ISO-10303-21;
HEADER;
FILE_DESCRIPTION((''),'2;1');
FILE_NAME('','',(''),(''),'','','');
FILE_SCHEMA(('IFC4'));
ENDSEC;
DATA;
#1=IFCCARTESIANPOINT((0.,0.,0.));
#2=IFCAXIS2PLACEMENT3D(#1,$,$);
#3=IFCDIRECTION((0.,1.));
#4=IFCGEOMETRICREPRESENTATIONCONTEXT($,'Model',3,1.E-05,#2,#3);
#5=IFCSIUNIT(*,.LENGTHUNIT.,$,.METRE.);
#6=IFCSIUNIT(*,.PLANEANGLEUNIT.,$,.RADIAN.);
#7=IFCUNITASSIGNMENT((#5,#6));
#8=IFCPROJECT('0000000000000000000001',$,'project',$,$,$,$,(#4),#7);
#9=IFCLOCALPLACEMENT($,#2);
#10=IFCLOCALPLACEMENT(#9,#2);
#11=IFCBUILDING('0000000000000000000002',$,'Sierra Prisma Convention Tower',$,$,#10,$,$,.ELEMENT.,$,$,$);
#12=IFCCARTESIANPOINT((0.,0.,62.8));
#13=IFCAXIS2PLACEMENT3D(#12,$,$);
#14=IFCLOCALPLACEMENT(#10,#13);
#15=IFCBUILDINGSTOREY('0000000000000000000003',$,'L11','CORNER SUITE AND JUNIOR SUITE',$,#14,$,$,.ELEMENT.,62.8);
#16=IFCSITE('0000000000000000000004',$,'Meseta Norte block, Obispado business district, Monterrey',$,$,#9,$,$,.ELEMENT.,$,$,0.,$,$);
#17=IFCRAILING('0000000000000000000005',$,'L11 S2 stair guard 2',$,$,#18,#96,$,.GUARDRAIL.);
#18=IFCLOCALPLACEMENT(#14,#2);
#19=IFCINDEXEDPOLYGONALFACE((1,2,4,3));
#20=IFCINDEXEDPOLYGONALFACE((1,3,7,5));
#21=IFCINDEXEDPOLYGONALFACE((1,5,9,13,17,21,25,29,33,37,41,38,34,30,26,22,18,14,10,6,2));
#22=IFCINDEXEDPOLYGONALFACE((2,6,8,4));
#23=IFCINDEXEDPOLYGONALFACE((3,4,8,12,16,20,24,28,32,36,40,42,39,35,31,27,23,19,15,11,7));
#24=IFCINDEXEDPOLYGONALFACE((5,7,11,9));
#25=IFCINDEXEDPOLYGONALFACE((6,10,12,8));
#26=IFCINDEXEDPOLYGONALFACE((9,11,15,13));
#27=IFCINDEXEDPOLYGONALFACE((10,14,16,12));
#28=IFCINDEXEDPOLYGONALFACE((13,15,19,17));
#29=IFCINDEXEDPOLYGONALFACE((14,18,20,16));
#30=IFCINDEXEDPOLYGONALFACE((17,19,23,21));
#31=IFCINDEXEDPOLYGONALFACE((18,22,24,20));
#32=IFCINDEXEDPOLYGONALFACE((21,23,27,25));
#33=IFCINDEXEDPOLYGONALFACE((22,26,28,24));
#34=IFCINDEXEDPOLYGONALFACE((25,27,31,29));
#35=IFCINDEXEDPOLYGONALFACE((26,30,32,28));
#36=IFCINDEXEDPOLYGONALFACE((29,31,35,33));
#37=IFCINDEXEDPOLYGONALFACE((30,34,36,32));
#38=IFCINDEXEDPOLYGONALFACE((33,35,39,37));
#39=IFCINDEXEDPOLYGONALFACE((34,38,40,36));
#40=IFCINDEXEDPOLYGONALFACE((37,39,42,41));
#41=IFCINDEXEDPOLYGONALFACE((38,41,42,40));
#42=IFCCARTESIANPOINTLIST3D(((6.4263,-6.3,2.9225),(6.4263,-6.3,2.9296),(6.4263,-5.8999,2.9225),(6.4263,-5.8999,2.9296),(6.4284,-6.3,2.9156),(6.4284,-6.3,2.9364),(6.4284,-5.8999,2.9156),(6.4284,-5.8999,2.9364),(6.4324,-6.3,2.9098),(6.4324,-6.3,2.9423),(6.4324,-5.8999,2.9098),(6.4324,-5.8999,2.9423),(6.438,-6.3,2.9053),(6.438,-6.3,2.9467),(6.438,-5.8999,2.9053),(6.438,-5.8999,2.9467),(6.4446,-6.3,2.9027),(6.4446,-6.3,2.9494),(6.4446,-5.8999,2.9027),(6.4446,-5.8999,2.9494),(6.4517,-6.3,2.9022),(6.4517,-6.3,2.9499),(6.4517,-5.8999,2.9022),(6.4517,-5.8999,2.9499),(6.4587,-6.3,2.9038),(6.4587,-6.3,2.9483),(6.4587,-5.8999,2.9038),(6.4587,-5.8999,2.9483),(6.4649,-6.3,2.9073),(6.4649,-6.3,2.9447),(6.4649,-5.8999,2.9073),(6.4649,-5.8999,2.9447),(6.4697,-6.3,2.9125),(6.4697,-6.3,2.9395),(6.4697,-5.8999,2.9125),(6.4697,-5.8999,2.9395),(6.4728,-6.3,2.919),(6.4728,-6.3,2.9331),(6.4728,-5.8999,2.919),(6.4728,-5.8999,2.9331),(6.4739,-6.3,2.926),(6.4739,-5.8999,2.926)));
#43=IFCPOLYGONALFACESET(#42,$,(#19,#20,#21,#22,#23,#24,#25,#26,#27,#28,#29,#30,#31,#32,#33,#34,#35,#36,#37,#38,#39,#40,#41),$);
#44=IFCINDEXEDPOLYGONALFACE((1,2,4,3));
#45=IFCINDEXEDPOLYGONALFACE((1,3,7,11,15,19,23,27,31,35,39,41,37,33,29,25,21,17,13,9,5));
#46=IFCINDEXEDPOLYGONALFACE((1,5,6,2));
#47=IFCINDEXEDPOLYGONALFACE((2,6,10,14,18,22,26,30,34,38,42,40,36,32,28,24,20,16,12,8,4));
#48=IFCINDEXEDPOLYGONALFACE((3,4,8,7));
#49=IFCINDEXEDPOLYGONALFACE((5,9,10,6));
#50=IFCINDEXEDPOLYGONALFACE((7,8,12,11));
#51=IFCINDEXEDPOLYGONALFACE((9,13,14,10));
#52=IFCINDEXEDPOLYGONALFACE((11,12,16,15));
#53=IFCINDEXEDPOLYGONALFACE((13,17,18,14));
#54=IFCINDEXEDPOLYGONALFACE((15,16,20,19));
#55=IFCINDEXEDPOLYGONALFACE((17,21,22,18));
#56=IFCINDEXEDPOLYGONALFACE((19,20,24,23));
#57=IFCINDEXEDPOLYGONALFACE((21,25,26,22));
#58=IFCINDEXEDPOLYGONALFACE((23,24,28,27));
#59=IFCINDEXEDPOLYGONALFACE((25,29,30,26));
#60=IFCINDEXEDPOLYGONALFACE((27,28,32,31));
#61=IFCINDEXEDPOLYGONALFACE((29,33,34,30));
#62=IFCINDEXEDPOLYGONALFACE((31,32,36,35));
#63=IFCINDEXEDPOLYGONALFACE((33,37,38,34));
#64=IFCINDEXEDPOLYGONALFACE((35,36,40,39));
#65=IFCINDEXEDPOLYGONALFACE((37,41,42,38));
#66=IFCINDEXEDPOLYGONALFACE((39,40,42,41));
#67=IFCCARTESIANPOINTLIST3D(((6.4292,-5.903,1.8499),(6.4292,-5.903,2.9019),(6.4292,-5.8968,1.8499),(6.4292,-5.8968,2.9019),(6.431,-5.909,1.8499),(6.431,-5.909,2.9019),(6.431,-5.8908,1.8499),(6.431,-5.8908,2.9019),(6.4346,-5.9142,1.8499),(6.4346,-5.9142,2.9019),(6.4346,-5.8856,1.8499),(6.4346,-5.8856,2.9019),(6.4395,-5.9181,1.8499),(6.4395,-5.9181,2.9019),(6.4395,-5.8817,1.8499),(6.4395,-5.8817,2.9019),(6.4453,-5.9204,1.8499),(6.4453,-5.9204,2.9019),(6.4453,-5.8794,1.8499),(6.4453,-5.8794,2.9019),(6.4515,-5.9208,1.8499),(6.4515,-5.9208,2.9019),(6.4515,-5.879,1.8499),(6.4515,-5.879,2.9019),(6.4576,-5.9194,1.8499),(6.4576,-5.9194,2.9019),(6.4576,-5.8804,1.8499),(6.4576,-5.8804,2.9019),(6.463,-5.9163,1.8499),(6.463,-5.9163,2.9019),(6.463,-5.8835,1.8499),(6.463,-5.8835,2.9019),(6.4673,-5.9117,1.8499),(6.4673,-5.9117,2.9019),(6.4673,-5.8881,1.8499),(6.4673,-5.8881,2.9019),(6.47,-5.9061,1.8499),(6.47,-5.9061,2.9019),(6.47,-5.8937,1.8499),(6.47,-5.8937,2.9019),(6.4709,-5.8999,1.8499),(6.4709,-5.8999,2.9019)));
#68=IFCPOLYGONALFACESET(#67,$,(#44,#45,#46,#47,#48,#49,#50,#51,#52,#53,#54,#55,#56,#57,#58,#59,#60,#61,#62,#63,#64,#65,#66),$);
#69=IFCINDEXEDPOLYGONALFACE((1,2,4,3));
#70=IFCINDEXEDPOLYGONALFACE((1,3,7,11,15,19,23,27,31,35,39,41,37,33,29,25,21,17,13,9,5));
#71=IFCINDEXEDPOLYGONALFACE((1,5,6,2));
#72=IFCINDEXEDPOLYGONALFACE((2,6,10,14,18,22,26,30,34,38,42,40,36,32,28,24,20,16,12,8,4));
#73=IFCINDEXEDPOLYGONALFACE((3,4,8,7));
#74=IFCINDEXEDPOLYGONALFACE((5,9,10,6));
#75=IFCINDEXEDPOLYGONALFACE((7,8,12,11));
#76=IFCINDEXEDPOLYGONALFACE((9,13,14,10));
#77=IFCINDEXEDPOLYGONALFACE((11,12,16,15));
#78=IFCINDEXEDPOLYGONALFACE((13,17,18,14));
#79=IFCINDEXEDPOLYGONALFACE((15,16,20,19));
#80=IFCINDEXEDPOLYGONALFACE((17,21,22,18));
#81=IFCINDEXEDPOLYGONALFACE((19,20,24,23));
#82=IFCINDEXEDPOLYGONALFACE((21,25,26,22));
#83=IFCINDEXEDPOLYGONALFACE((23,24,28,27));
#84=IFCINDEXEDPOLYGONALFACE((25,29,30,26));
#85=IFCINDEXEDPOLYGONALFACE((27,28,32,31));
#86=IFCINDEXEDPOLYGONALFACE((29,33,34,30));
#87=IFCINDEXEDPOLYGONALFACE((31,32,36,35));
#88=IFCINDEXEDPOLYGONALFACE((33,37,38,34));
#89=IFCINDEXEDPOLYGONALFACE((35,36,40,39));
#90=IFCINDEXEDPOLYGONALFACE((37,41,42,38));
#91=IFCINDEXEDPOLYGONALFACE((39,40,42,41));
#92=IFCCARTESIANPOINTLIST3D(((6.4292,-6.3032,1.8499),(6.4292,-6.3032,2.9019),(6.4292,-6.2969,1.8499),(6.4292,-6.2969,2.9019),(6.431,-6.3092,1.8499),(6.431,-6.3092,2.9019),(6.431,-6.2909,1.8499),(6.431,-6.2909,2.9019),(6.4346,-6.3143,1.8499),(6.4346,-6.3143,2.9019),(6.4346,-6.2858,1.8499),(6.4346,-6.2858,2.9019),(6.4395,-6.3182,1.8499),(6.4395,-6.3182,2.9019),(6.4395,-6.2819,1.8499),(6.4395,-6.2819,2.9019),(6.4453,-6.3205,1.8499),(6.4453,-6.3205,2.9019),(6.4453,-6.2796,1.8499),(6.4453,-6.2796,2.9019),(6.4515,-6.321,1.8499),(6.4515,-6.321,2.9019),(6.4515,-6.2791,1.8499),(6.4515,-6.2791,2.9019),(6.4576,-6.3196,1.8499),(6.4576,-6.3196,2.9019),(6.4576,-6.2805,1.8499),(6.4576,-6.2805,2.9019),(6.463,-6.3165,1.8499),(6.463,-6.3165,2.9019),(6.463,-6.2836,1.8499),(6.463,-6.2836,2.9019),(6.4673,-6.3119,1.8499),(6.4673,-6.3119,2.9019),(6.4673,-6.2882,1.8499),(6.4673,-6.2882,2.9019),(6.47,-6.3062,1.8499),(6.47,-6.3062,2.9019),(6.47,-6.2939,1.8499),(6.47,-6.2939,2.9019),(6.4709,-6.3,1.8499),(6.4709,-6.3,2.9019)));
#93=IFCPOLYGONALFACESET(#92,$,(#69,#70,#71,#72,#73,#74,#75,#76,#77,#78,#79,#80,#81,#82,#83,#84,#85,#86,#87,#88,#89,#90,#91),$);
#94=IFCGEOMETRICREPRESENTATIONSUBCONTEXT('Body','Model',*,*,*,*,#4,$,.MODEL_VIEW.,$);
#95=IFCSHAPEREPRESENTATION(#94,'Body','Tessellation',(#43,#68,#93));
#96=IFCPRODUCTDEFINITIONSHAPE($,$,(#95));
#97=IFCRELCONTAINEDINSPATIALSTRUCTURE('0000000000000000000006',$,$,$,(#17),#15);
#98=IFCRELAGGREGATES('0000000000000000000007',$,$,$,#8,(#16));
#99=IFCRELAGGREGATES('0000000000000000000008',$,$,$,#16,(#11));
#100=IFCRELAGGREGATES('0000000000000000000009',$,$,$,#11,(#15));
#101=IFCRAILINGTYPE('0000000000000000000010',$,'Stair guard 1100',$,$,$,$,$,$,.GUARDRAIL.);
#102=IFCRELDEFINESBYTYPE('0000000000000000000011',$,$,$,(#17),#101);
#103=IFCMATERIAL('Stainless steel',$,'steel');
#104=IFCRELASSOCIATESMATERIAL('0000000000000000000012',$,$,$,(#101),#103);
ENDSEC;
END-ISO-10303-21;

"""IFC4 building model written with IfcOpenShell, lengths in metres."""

from ifc_helpers import new_model, si_unit, direction, frame, origin, origin_2d, place, context, subcontext, project, spatial, circle, extrude, material, type_object, element, save


model = new_model("IFC4")

# Units and contexts
model_context = context("Model", 3, precision=1e-05, world=origin(), true_north=direction((0.0, 1.0)))
body_context = subcontext(model_context, "Body", "Model", "MODEL_VIEW")
ifc_project = project(units=[si_unit("LENGTHUNIT", "METRE"), si_unit("PLANEANGLEUNIT", "RADIAN")], contexts=[model_context])

# Site, building, storey
site_placement = place(None, origin())
site = spatial("IfcSite", under=ifc_project, at=site_placement, Name="Meseta Norte block, Obispado business district, Monterrey", CompositionType="ELEMENT", RefElevation=0.0)
building_placement = place(site_placement, origin())
building = spatial("IfcBuilding", under=site, at=building_placement, Name="Sierra Prisma Convention Tower", CompositionType="ELEMENT")
storey_placement = place(building_placement, frame((0.0, 0.0, 62.8)))
storey = spatial("IfcBuildingStorey", under=building, at=storey_placement, Name="L11", Description="CORNER SUITE AND JUNIOR SUITE", CompositionType="ELEMENT", Elevation=62.8)

# Railing
ifc_material_1 = material(Name="Stainless steel", Category="steel")
railing_type_1 = type_object("IfcRailingType", Name="Stair guard 1100", PredefinedType="GUARDRAIL", material=ifc_material_1)
railing_1_placement = place(storey_placement, frame((6.45, -5.8999, 1.8499)))
element("IfcRailing", 1, at=railing_1_placement, inside=storey, type_object=railing_type_1, Name="L11 S2 stair guard 2", PredefinedType="GUARDRAIL", context=body_context, shape_type="SweptSolid", body=[
    extrude(circle(Radius=0.0239, at=origin_2d()), frame((0.0, 0.0, 1.0762), z_axis=(0.0, -1.0, 0.0), x_axis=(1.0, 0.0, 0.0)), (0.0, 0.0, 1.0), 0.4001),
    extrude(circle(Radius=0.021, at=origin_2d()), origin(), (0.0, 0.0, 1.0), 1.052),
    extrude(circle(Radius=0.021, at=origin_2d()), frame((0.0, -0.4001, 0.0)), (0.0, 0.0, 1.0), 1.052),
])

save(model, "model.ifc")
